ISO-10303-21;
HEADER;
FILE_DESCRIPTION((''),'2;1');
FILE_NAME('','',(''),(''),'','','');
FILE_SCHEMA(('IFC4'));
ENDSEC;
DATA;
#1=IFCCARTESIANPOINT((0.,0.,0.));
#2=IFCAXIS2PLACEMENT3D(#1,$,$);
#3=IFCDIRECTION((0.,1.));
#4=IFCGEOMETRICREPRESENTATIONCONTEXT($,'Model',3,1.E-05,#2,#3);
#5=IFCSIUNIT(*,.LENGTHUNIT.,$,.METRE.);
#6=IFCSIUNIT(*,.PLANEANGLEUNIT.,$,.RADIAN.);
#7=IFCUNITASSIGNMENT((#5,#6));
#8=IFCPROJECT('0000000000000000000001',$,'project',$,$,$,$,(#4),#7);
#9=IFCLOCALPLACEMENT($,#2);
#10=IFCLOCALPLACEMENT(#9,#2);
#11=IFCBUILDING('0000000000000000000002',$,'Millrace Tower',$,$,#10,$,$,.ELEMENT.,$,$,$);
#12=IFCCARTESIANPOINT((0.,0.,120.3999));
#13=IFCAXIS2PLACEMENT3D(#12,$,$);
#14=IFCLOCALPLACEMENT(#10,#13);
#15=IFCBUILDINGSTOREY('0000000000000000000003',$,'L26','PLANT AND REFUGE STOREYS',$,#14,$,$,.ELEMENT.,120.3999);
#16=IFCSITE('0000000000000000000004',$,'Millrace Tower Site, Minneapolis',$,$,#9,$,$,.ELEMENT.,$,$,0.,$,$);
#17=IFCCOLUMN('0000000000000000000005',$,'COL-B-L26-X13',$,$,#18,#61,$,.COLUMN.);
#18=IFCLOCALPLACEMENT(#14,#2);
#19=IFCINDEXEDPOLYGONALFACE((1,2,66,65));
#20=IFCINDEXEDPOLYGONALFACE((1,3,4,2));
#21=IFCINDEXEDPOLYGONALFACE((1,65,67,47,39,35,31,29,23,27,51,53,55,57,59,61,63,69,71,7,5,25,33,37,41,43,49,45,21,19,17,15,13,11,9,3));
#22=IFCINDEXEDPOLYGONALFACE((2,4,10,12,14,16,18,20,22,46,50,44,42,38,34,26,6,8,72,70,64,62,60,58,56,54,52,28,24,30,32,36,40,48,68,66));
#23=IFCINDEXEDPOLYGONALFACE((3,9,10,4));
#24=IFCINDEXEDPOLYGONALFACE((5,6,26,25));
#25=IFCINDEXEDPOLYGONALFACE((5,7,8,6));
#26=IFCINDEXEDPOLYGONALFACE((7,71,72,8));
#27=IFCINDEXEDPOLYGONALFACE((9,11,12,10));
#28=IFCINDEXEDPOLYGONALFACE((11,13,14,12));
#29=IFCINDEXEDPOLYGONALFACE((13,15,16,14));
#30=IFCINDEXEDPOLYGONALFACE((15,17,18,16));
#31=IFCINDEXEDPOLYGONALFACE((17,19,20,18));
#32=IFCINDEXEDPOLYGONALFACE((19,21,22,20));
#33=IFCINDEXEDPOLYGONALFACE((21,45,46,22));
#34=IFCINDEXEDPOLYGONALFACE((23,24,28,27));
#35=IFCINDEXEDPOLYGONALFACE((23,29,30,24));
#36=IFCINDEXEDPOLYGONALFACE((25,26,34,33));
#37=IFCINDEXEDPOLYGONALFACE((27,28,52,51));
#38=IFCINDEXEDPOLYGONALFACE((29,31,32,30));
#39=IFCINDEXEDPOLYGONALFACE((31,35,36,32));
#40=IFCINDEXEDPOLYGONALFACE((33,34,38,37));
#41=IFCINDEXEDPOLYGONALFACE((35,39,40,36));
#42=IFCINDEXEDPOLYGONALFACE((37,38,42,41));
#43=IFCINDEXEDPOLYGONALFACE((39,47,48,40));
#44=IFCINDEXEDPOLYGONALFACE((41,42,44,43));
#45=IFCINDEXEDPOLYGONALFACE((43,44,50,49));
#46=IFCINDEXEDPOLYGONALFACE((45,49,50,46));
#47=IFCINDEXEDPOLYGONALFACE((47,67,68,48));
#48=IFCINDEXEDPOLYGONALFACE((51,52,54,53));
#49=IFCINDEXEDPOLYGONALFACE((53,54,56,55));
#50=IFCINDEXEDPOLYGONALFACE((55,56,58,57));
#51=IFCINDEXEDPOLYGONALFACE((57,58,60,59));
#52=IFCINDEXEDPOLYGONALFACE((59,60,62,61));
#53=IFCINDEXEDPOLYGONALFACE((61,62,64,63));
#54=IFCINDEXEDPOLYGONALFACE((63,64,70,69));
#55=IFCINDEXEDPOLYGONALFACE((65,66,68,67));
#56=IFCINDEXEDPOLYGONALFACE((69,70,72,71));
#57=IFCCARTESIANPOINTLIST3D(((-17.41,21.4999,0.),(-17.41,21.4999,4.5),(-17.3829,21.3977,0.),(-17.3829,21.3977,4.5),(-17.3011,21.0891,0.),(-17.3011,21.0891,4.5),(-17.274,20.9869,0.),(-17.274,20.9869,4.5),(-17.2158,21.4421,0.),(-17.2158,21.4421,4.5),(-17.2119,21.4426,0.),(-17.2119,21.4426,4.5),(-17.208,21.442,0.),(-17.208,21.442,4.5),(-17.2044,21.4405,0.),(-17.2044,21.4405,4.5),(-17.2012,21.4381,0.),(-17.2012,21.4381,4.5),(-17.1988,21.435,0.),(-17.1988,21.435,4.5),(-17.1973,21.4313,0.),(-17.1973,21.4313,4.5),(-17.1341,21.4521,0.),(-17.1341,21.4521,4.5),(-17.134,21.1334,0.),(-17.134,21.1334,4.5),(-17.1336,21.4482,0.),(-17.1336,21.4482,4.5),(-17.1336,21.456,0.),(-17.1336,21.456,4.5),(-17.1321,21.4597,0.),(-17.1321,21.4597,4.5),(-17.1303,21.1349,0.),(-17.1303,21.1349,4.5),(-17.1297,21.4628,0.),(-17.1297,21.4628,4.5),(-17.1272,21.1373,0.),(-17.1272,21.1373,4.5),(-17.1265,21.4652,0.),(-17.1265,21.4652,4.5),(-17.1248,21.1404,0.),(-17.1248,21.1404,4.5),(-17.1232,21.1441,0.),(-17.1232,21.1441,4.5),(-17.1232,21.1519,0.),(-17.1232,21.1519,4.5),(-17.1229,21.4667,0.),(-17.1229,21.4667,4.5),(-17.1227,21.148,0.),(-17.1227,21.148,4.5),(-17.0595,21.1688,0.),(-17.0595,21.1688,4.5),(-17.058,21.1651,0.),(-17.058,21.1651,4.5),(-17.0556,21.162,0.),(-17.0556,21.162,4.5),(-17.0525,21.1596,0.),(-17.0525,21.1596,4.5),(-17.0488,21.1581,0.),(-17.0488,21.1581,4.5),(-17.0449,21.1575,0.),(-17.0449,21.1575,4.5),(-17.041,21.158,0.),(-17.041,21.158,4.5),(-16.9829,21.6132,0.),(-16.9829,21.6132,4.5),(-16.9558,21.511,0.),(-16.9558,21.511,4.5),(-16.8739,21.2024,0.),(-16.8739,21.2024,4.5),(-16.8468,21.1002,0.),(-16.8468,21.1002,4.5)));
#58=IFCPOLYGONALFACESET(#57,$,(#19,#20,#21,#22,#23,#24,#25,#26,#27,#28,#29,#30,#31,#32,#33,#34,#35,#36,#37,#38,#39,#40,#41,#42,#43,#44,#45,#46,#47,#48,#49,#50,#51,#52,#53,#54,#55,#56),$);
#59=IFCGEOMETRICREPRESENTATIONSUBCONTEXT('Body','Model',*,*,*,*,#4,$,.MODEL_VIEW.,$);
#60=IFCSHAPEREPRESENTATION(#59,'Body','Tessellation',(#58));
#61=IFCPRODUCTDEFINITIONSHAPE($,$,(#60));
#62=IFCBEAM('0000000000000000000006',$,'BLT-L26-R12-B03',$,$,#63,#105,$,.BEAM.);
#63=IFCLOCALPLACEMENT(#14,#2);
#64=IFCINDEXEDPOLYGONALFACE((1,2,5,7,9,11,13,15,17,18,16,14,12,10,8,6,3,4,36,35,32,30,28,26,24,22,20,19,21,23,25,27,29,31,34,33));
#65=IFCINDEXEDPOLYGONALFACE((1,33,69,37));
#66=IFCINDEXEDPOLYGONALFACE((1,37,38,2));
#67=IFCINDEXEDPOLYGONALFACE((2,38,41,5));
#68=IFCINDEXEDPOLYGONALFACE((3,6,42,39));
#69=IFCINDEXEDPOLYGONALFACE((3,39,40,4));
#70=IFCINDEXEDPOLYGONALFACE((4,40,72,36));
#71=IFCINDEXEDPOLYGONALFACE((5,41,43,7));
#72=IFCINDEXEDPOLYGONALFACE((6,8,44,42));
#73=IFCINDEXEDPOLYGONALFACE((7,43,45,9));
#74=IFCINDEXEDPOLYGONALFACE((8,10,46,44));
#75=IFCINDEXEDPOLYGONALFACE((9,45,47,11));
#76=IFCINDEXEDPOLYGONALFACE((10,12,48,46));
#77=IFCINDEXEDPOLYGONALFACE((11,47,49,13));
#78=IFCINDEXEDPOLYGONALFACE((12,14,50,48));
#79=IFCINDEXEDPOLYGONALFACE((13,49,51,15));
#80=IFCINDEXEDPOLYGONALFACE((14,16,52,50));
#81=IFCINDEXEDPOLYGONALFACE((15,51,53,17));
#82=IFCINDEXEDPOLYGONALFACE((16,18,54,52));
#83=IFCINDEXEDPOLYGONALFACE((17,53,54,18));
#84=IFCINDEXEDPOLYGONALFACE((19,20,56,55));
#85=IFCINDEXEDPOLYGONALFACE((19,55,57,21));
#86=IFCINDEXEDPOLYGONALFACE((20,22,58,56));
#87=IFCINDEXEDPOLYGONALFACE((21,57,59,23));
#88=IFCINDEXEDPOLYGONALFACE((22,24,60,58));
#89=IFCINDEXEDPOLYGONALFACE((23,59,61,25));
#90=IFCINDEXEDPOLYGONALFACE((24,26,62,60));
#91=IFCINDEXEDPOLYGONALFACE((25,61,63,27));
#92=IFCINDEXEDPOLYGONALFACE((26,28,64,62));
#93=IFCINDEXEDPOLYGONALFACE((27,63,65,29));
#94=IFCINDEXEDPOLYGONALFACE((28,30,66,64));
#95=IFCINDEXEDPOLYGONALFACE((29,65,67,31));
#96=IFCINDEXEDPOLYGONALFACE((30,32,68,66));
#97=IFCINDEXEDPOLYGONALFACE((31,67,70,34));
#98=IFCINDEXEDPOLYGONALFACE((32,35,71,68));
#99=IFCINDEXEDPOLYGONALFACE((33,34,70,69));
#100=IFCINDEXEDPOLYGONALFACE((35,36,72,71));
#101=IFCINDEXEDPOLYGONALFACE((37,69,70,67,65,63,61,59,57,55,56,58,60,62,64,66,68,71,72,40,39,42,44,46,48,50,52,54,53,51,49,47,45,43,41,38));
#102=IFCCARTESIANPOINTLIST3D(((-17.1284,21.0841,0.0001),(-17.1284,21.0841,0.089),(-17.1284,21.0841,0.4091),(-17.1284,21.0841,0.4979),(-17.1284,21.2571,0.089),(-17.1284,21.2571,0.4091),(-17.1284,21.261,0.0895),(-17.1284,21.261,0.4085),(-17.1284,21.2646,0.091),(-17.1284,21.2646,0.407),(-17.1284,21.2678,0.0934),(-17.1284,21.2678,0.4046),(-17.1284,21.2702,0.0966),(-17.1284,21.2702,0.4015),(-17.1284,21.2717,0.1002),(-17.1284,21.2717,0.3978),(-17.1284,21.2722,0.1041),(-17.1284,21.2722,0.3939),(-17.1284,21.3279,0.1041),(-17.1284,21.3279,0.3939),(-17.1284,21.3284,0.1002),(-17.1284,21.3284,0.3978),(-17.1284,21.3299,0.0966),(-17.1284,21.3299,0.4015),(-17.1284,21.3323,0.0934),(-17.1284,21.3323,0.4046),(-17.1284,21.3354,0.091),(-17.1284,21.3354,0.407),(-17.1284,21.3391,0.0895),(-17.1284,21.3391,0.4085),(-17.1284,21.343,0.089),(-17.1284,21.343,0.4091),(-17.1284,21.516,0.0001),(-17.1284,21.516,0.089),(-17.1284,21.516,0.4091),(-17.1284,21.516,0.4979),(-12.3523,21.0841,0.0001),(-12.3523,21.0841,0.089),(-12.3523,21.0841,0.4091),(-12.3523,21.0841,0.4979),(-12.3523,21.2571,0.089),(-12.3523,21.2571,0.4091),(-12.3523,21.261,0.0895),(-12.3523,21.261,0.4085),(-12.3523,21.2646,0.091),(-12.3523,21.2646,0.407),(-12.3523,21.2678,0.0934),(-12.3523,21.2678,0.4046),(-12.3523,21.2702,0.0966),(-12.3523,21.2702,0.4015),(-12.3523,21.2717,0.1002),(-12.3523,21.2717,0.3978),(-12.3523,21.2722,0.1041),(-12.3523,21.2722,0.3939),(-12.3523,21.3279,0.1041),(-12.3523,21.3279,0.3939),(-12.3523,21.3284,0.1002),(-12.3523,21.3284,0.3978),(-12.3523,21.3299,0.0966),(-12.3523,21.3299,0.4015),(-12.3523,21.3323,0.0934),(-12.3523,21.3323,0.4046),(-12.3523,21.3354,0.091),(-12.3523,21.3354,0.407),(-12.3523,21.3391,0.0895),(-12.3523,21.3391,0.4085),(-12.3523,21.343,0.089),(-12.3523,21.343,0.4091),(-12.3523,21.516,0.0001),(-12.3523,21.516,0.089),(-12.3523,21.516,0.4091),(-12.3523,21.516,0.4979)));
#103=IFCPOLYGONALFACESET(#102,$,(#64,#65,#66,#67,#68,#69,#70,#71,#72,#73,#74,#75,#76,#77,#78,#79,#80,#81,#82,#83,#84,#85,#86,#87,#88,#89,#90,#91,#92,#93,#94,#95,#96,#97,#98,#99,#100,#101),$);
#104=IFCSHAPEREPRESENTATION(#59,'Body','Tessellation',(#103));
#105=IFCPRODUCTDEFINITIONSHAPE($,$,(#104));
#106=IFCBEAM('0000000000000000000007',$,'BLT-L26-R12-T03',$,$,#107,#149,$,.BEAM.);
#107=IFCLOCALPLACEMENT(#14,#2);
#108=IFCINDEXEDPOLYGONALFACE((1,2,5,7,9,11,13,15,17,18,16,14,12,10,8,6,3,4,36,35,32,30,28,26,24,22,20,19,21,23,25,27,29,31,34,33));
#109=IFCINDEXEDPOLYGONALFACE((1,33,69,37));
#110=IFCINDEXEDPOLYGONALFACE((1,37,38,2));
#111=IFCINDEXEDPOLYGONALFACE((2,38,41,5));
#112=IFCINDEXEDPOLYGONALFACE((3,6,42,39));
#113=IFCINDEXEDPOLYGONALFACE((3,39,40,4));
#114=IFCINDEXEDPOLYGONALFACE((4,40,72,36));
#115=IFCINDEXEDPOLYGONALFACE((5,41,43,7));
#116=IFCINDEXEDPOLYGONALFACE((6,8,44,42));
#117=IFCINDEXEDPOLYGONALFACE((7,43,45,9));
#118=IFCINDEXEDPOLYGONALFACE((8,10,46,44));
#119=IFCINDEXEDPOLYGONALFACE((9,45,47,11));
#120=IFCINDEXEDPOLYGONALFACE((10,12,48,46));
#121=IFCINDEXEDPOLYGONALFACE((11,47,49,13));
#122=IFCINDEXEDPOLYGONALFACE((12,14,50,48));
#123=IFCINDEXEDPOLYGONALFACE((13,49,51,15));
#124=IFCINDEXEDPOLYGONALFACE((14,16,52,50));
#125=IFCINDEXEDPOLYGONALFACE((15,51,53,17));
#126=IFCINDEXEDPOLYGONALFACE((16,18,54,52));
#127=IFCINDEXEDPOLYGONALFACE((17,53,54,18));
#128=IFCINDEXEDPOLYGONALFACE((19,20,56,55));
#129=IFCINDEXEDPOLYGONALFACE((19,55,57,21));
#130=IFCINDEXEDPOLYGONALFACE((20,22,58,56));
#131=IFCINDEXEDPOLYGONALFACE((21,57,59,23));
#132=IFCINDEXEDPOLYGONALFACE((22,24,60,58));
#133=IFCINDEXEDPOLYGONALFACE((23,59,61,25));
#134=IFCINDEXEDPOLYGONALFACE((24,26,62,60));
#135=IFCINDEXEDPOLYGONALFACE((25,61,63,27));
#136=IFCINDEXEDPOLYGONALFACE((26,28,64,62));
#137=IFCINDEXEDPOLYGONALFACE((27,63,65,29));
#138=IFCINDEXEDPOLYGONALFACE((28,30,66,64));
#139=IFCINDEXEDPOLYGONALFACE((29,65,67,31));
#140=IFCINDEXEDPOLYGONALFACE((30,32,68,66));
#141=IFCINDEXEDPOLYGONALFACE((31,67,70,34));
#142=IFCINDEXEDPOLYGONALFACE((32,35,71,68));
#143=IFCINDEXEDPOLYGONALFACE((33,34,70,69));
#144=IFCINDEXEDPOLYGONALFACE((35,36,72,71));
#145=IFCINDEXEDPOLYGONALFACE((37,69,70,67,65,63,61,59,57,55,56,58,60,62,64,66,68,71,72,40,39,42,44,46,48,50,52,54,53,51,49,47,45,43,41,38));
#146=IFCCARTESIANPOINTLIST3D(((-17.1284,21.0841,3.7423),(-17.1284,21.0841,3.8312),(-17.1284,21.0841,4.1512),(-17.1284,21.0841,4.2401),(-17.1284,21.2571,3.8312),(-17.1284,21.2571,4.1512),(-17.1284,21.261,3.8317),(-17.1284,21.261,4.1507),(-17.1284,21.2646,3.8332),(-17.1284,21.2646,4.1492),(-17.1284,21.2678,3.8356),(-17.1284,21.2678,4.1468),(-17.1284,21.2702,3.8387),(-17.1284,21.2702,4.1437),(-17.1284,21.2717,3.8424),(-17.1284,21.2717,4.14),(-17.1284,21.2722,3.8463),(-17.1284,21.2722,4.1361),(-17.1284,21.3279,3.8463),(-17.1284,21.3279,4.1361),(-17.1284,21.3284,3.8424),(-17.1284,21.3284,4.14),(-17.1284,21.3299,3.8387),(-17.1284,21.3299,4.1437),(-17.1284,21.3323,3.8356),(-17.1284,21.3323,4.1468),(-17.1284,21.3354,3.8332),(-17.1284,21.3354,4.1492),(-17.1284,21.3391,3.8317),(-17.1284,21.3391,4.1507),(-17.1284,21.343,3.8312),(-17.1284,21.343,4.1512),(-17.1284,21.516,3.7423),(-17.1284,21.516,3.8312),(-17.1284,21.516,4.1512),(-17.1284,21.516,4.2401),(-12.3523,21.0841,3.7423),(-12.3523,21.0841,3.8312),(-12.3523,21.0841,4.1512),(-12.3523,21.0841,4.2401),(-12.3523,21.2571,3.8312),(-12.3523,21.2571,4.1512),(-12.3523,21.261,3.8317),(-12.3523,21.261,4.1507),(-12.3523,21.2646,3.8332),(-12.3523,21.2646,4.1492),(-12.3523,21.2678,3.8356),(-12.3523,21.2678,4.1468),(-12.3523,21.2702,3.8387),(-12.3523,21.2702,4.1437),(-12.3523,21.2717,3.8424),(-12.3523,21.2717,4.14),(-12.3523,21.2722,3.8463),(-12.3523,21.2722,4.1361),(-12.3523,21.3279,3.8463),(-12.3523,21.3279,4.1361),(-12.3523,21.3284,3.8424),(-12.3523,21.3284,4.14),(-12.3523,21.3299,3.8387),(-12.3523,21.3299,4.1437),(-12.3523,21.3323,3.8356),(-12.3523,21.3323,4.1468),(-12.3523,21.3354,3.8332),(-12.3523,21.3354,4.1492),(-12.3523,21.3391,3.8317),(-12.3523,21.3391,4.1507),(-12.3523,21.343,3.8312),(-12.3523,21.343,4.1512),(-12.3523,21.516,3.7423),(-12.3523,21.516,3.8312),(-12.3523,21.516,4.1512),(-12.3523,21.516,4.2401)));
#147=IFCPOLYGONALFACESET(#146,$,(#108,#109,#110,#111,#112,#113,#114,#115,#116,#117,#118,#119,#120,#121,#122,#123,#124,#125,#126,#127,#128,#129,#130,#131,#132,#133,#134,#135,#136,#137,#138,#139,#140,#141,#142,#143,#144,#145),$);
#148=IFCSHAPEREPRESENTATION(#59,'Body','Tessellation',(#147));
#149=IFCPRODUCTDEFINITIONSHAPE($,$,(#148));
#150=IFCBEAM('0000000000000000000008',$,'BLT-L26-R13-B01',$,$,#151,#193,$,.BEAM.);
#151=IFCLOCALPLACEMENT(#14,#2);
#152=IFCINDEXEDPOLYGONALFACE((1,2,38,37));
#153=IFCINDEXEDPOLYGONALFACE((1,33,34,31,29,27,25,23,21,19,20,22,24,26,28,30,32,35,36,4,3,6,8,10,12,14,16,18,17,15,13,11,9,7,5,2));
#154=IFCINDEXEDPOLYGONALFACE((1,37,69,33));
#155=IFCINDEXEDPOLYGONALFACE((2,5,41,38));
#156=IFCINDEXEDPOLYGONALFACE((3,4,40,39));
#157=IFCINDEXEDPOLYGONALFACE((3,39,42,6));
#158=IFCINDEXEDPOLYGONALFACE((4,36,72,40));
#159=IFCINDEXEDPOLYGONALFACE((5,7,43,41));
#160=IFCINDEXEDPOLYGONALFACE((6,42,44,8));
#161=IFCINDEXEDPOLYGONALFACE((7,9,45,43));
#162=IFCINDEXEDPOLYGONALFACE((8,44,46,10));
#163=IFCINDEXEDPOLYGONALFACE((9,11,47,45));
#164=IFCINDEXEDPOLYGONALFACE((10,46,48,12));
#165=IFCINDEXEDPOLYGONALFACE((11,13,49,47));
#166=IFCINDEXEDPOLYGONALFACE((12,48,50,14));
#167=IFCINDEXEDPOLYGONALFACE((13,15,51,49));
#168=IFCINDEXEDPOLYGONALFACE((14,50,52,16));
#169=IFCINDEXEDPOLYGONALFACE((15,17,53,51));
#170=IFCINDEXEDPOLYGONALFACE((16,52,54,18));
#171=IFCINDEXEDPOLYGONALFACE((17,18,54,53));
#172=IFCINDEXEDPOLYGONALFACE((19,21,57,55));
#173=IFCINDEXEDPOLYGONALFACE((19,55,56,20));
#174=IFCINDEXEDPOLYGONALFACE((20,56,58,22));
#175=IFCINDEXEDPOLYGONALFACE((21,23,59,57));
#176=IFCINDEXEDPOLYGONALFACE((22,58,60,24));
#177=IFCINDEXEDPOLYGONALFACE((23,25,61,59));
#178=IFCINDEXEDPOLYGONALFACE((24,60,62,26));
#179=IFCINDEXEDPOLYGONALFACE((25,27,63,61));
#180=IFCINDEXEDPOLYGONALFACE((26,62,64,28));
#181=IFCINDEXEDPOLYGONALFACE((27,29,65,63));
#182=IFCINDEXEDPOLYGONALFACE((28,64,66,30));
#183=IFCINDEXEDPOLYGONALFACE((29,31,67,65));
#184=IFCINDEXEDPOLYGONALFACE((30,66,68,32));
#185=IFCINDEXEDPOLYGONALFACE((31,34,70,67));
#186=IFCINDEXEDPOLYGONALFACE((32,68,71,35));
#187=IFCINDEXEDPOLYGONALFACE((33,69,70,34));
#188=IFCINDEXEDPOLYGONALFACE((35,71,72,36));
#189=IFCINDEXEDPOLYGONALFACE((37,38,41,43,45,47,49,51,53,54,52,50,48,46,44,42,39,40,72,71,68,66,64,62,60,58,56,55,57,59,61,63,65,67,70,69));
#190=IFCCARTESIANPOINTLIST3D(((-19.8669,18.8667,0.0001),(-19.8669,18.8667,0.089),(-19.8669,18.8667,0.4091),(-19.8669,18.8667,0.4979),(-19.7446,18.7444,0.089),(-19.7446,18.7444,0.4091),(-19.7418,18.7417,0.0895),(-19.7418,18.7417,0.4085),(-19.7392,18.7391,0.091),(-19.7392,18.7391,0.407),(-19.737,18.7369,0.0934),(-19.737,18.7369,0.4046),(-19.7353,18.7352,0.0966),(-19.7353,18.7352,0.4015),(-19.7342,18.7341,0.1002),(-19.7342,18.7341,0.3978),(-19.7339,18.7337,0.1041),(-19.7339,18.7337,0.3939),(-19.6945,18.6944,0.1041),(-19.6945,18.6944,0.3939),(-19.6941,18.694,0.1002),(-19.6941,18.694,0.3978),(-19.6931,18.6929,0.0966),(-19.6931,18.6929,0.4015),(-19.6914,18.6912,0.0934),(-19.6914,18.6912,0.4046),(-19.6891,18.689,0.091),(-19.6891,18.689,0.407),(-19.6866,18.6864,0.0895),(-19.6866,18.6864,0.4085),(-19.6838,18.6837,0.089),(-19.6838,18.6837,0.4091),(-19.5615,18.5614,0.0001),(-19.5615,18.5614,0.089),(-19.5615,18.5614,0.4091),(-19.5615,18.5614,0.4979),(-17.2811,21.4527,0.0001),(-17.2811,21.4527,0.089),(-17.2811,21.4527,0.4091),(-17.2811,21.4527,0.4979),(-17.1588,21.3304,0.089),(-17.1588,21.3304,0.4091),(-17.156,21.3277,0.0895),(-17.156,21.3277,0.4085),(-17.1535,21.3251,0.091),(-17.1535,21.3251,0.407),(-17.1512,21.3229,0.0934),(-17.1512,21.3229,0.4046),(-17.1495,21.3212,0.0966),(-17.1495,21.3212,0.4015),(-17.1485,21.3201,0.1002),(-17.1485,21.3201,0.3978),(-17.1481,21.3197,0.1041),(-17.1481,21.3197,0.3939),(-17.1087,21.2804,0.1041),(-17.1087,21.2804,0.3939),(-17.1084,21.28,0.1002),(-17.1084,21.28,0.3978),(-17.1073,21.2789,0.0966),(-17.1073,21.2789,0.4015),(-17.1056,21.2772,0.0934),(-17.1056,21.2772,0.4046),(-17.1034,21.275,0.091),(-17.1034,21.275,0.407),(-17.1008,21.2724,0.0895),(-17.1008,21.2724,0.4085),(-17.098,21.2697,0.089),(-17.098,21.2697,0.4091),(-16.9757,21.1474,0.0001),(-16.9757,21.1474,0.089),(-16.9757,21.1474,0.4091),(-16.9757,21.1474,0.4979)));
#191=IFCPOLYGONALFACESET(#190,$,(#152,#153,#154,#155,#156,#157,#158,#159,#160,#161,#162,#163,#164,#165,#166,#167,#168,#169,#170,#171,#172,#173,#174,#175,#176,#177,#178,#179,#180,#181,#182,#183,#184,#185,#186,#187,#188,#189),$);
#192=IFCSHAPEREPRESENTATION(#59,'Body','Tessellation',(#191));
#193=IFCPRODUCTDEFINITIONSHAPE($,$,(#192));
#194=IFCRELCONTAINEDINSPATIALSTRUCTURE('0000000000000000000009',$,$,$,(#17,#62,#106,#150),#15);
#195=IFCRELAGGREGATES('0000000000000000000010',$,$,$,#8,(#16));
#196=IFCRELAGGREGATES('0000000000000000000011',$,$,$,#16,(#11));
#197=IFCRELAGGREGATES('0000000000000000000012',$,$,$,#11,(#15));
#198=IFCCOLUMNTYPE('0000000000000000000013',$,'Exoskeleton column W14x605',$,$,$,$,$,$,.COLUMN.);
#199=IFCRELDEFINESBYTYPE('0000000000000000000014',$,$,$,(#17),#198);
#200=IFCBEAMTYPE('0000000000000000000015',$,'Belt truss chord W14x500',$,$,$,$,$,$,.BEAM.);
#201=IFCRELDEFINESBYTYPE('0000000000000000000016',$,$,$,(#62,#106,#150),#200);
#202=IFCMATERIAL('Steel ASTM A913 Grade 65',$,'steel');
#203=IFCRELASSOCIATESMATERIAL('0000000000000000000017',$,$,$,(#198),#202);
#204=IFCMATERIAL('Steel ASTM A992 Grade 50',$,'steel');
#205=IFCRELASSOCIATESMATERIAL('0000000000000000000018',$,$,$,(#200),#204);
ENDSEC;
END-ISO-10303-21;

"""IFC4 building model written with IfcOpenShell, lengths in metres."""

from ifc_helpers import new_model, si_unit, direction, frame, origin, origin_2d, place, context, subcontext, project, spatial, i_section, extrude, material, material_profile, profile_set, type_object, element, save


model = new_model("IFC4")

# Units and contexts
model_context = context("Model", 3, precision=1e-05, world=origin(), true_north=direction((0.0, 1.0)))
body_context = subcontext(model_context, "Body", "Model", "MODEL_VIEW")
ifc_project = project(units=[si_unit("LENGTHUNIT", "METRE"), si_unit("PLANEANGLEUNIT", "RADIAN")], contexts=[model_context])

# Site, building, storey
site_placement = place(None, origin())
site = spatial("IfcSite", under=ifc_project, at=site_placement, Name="Millrace Tower Site, Minneapolis", CompositionType="ELEMENT", RefElevation=0.0)
building_placement = place(site_placement, origin())
building = spatial("IfcBuilding", under=site, at=building_placement, Name="Millrace Tower", CompositionType="ELEMENT")
storey_placement = place(building_placement, frame((0.0, 0.0, 120.3999)))
storey = spatial("IfcBuildingStorey", under=building, at=storey_placement, Name="L26", Description="PLANT AND REFUGE STOREYS", CompositionType="ELEMENT", Elevation=120.3999)

# Column
ifc_material_1 = material(Name="Steel ASTM A913 Grade 65", Category="steel")
ifc_material_profile_1 = material_profile(ifc_material_1, i_section(OverallWidth=0.4419, OverallDepth=0.5308, WebThickness=0.0659, FlangeThickness=0.1057, FilletRadius=0.0151, at=origin_2d()))
ifc_profile_set_1 = profile_set([ifc_material_profile_1], Name="Steel ASTM A913 Grade 65")
column_type = type_object("IfcColumnType", Name="Exoskeleton column W14x605", PredefinedType="COLUMN", material=ifc_profile_set_1)
column_placement = place(storey_placement, frame((-17.1284, 21.3, 0.0), z_axis=(0.0, 0.0, 1.0), x_axis=(-0.966585, -0.256347, 0.0)))
element("IfcColumn", 1, at=column_placement, inside=storey, type_object=column_type, Name="COL-B-L26-X13", PredefinedType="COLUMN", context=body_context, shape_type="SweptSolid", body=[
    extrude(i_section(OverallWidth=0.4419, OverallDepth=0.5308, WebThickness=0.0659, FlangeThickness=0.1057, FilletRadius=0.0151, at=origin_2d()), origin(), (0.0, 0.0, 1.0), 4.5),
])

# Beams
ifc_material_2 = material(Name="Steel ASTM A992 Grade 50", Category="steel")
ifc_material_profile_2 = material_profile(ifc_material_2, i_section(OverallWidth=0.4319, OverallDepth=0.4978, WebThickness=0.0557, FlangeThickness=0.0889, FilletRadius=0.0151, at=origin_2d()))
ifc_profile_set_2 = profile_set([ifc_material_profile_2], Name="Steel ASTM A992 Grade 50")
beam_type_1 = type_object("IfcBeamType", Name="Belt truss chord W14x500", PredefinedType="BEAM", material=ifc_profile_set_2)
for number, where, z_axis, x_axis, name in (
    (2, (-12.3523, 21.3, 0.249), (-1.0, 0.0, 0.0), (0.0, -1.0, 0.0), "BLT-L26-R12-B03"),
    (3, (-12.3523, 21.3, 3.9912), (-1.0, 0.0, 0.0), (0.0, -1.0, 0.0), "BLT-L26-R12-T03"),
):
    element("IfcBeam", number, at=place(storey_placement, frame(where, z_axis=z_axis, x_axis=x_axis)), inside=storey, type_object=beam_type_1, Name=name, PredefinedType="BEAM", context=body_context, shape_type="SweptSolid", body=[
        extrude(i_section(OverallWidth=0.4319, OverallDepth=0.4978, WebThickness=0.0557, FlangeThickness=0.0889, FilletRadius=0.0151, at=origin_2d()), origin(), (0.0, 0.0, 1.0), 4.7761),
    ])
for number, where, z_axis, x_axis, name in (
    (4, (-17.1284, 21.3, 0.249), (-0.707073, -0.70714, 0.0), (0.70714, -0.707073, 0.0), "BLT-L26-R13-B01"),
):
    element("IfcBeam", number, at=place(storey_placement, frame(where, z_axis=z_axis, x_axis=x_axis)), inside=storey, type_object=beam_type_1, Name=name, PredefinedType="BEAM", context=body_context, shape_type="SweptSolid", body=[
        extrude(i_section(OverallWidth=0.4319, OverallDepth=0.4978, WebThickness=0.0557, FlangeThickness=0.0889, FilletRadius=0.0151, at=origin_2d()), origin(), (0.0, 0.0, 1.0), 3.657),
    ])

save(model, "model.ifc")
